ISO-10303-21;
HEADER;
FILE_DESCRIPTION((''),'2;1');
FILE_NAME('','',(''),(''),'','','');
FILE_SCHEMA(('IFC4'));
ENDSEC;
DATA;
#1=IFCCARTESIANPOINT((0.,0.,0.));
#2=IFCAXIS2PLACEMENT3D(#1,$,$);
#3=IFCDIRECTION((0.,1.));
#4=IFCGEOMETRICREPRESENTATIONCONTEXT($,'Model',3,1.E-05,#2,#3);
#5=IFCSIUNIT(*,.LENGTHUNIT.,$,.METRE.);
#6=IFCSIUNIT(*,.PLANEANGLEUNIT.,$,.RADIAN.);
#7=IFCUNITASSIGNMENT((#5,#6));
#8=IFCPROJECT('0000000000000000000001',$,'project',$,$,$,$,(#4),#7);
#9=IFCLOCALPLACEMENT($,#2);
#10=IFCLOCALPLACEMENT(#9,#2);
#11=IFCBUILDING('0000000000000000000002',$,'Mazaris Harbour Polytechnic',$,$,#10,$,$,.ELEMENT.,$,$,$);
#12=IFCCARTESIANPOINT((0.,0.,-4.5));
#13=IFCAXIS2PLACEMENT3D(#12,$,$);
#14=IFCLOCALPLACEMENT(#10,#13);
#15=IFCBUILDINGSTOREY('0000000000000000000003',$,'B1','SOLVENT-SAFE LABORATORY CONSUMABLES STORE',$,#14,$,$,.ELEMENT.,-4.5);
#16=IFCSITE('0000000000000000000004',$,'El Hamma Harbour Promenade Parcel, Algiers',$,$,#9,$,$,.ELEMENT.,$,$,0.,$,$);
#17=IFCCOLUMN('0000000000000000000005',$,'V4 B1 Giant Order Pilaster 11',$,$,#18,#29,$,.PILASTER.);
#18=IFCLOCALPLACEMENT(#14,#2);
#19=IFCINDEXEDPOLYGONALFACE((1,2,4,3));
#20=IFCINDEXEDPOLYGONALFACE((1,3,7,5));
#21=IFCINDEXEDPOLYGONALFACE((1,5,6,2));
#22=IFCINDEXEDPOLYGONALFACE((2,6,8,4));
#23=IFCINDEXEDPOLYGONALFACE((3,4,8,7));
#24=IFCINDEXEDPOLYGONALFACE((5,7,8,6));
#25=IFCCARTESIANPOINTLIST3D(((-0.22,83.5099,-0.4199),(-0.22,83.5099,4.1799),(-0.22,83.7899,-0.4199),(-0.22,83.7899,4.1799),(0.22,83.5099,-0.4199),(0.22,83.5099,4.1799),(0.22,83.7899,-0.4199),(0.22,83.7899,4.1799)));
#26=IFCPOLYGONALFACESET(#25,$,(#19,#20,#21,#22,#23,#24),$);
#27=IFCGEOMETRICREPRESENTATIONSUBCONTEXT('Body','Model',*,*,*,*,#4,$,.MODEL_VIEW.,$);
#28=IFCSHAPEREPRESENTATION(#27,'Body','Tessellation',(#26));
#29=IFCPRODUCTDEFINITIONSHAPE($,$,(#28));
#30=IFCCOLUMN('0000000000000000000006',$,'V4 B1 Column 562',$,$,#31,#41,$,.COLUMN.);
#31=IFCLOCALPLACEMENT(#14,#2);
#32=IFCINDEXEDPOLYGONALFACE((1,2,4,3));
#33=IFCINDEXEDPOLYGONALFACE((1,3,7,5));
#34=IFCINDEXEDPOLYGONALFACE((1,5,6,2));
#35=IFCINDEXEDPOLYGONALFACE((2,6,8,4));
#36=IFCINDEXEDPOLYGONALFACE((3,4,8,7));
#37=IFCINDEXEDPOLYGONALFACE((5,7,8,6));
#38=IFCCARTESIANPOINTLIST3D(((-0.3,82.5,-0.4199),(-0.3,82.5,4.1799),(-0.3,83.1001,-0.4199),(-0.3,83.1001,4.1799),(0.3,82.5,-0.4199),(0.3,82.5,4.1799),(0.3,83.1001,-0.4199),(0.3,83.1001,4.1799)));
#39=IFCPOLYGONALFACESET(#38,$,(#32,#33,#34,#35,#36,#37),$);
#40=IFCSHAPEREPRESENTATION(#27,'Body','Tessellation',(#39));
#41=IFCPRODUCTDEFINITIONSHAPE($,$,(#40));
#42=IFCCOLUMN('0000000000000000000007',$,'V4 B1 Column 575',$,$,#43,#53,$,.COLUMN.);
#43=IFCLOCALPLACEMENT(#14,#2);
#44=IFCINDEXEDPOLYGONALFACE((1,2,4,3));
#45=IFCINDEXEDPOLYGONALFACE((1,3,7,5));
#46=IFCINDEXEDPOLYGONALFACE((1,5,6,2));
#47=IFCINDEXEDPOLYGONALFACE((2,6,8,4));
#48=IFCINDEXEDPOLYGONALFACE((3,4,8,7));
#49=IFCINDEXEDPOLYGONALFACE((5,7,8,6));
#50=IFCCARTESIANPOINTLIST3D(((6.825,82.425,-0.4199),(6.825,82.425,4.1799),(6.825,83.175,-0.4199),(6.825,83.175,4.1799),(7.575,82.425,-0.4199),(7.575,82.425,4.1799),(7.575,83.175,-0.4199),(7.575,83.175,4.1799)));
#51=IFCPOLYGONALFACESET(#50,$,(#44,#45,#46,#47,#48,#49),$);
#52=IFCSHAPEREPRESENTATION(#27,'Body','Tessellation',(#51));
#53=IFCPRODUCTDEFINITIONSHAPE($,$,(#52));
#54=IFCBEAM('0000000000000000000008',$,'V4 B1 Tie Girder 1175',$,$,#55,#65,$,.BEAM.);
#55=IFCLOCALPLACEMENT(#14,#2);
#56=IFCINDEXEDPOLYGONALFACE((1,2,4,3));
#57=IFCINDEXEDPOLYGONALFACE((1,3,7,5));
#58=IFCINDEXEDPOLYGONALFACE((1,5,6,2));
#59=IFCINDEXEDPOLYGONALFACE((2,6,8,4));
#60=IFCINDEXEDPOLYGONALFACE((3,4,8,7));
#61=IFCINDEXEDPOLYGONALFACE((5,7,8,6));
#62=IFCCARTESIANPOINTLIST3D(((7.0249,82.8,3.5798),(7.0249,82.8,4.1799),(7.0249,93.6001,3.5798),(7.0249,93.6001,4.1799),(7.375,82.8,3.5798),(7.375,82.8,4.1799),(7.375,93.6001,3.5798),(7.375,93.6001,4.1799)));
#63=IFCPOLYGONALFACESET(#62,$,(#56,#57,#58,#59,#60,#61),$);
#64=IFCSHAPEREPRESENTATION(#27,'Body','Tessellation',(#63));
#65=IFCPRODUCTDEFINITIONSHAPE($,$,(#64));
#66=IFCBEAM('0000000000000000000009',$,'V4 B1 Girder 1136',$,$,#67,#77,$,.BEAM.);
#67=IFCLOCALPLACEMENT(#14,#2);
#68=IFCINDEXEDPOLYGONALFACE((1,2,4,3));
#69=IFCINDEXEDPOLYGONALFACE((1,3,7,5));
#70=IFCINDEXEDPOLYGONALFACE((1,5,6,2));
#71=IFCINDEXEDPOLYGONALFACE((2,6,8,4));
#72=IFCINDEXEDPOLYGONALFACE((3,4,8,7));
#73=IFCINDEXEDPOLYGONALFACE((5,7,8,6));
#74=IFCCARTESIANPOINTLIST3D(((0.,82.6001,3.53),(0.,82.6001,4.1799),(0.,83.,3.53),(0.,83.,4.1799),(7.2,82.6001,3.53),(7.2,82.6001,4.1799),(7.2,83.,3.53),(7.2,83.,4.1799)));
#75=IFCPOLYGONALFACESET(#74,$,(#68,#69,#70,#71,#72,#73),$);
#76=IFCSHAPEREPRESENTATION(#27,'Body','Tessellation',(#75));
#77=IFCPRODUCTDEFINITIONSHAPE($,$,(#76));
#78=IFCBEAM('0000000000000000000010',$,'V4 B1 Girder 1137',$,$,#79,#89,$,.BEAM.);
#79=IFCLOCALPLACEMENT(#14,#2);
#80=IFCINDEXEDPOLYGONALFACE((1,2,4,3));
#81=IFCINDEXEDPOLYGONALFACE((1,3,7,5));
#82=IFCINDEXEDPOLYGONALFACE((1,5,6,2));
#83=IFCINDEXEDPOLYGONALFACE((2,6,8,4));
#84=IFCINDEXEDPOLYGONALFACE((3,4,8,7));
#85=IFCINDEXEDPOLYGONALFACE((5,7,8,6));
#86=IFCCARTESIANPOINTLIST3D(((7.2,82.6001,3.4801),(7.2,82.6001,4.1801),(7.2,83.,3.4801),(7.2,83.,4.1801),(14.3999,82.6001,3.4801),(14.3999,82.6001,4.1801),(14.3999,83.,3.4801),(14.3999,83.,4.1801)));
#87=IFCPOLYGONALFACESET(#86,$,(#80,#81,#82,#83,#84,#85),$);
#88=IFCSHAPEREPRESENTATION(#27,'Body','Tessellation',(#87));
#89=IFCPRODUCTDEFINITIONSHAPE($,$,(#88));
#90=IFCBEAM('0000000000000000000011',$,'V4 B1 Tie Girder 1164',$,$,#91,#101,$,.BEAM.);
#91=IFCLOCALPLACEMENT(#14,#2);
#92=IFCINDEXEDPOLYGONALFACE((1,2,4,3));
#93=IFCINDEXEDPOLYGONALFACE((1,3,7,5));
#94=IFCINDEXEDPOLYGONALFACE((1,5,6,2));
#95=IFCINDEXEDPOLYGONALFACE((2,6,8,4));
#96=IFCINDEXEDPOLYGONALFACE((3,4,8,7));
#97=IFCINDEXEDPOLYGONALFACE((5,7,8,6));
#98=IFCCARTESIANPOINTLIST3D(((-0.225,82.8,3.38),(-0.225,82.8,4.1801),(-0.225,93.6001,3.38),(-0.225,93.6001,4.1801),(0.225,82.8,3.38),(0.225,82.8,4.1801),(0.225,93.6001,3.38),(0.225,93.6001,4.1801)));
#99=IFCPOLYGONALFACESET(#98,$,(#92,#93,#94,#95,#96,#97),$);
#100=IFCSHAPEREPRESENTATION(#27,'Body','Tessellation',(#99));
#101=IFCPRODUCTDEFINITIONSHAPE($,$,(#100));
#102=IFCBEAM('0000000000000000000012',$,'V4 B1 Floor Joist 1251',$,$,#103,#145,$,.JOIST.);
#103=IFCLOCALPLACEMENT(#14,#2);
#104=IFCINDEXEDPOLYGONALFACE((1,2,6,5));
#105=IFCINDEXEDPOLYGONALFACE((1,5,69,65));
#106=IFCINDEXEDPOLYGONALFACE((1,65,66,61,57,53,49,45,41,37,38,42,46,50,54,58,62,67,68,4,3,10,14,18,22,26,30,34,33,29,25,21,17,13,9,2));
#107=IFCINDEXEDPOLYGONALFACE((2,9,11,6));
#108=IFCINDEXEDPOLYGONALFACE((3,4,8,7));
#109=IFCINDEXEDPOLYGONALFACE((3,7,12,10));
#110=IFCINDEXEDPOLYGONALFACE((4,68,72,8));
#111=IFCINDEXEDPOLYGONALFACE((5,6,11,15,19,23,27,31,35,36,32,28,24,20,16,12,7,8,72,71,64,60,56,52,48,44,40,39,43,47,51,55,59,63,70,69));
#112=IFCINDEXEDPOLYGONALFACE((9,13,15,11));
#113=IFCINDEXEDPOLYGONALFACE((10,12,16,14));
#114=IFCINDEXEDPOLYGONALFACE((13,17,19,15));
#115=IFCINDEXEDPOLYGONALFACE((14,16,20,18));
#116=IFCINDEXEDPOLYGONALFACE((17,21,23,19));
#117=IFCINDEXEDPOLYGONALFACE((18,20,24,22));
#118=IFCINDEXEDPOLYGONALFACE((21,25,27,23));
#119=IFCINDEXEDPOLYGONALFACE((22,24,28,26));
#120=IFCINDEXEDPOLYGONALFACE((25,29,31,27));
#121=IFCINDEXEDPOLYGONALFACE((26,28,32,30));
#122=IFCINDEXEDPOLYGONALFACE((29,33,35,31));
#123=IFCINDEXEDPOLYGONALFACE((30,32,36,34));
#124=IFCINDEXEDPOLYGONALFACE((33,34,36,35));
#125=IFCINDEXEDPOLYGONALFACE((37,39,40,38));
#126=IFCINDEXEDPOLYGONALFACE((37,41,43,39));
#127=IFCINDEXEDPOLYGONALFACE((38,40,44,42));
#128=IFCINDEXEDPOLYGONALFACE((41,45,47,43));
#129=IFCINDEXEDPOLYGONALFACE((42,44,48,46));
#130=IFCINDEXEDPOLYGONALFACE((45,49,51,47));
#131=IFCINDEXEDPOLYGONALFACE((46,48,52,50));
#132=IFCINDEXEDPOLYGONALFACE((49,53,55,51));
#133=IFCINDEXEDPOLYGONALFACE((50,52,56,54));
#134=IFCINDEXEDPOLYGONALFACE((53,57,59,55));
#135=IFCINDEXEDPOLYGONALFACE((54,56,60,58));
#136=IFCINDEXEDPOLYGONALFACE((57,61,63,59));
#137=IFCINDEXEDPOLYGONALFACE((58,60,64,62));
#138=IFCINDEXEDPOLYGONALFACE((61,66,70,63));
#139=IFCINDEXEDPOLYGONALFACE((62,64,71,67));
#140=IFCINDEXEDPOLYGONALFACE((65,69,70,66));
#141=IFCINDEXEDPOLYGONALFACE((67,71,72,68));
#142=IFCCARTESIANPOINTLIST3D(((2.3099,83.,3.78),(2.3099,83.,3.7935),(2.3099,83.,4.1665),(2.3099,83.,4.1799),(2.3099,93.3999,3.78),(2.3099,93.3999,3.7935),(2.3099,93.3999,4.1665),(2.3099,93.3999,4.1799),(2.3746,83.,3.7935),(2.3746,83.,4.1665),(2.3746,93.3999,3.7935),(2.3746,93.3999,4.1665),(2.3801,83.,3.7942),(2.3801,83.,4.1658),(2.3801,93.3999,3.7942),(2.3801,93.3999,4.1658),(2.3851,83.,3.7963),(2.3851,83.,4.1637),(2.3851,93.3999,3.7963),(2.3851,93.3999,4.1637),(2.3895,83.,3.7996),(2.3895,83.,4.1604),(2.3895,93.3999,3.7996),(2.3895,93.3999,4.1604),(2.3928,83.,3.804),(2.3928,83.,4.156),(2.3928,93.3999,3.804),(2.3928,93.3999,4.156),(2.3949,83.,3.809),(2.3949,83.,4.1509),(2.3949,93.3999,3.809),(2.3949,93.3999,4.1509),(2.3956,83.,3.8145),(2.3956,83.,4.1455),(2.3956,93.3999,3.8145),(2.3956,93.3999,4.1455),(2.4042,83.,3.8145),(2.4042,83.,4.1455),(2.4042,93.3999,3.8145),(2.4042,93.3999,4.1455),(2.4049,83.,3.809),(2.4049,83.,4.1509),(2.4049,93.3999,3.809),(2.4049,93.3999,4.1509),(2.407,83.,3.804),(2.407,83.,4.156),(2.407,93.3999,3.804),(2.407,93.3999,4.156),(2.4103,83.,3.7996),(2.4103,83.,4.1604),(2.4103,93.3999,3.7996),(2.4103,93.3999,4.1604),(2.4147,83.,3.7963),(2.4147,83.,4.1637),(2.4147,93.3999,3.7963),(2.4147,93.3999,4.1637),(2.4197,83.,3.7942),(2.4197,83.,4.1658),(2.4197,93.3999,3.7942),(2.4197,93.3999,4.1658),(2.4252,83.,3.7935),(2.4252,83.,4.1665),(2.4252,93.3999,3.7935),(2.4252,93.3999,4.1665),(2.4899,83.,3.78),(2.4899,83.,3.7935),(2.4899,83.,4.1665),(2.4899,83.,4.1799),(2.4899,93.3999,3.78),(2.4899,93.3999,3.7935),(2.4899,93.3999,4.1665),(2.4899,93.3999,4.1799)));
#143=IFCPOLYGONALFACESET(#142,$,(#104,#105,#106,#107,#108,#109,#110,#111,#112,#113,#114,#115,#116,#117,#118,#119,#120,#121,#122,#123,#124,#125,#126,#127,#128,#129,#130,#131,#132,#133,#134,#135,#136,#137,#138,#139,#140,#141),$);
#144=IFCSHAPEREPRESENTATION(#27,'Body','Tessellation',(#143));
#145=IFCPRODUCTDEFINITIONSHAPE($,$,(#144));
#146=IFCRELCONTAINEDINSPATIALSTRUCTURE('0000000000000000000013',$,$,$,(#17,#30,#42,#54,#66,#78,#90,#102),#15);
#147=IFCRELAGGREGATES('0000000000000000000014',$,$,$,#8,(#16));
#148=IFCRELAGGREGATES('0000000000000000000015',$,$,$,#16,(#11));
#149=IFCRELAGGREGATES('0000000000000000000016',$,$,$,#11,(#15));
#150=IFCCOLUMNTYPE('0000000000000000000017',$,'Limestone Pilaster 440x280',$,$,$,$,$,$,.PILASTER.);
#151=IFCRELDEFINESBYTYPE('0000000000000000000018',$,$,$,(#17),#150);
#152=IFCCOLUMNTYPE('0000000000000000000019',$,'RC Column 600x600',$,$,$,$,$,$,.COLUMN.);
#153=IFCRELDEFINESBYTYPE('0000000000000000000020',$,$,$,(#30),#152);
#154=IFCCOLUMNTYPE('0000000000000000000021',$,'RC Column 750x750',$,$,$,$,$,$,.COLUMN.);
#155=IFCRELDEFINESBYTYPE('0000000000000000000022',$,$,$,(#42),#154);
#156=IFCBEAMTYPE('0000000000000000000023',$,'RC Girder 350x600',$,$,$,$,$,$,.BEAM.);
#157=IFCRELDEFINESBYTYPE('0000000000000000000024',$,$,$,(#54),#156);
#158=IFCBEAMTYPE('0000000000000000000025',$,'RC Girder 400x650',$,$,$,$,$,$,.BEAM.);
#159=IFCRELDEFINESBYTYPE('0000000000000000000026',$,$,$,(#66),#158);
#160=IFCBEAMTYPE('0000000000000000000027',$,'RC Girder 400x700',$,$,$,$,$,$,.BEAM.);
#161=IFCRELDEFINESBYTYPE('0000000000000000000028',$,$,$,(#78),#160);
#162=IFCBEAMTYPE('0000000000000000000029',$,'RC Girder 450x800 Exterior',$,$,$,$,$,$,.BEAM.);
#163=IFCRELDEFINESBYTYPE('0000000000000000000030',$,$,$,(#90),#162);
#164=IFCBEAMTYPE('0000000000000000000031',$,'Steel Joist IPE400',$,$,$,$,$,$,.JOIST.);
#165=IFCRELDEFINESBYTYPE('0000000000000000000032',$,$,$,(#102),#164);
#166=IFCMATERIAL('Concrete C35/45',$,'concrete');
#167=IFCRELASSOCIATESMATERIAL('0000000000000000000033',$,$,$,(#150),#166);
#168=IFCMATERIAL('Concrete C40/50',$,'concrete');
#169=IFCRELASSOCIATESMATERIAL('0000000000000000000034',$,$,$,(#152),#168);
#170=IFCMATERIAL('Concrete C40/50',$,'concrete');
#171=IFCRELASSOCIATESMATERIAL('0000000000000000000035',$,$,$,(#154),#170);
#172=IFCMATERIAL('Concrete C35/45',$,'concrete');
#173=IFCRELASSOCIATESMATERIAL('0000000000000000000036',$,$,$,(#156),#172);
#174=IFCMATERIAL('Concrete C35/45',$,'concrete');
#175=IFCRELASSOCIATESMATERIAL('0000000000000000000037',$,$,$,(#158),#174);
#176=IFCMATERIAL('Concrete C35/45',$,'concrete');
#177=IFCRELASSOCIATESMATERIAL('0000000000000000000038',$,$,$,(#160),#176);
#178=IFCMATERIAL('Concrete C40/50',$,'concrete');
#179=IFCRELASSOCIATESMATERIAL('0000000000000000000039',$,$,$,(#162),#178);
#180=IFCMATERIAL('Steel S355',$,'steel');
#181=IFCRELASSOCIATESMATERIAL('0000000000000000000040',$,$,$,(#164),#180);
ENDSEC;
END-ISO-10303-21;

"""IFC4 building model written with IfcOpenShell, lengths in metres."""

from ifc_helpers import new_model, si_unit, direction, frame, origin, origin_2d, place, context, subcontext, project, spatial, rectangle, i_section, extrude, material, material_profile, profile_set, type_object, element, save


model = new_model("IFC4")

# Units and contexts
model_context = context("Model", 3, precision=1e-05, world=origin(), true_north=direction((0.0, 1.0)))
body_context = subcontext(model_context, "Body", "Model", "MODEL_VIEW")
ifc_project = project(units=[si_unit("LENGTHUNIT", "METRE"), si_unit("PLANEANGLEUNIT", "RADIAN")], contexts=[model_context])

# Site, building, storey
site_placement = place(None, origin())
site = spatial("IfcSite", under=ifc_project, at=site_placement, Name="El Hamma Harbour Promenade Parcel, Algiers", CompositionType="ELEMENT", RefElevation=0.0)
building_placement = place(site_placement, origin())
building = spatial("IfcBuilding", under=site, at=building_placement, Name="Mazaris Harbour Polytechnic", CompositionType="ELEMENT")
storey_placement = place(building_placement, frame((0.0, 0.0, -4.5)))
storey = spatial("IfcBuildingStorey", under=building, at=storey_placement, Name="B1", Description="SOLVENT-SAFE LABORATORY CONSUMABLES STORE", CompositionType="ELEMENT", Elevation=-4.5)

# Columns
ifc_material_1 = material(Name="Concrete C35/45", Category="concrete")
ifc_material_profile_1 = material_profile(ifc_material_1, rectangle(XDim=0.4399, YDim=0.28, at=origin_2d()), Name="RECT440x280")
ifc_profile_set_1 = profile_set([ifc_material_profile_1], Name="Concrete C35/45")
column_type_1 = type_object("IfcColumnType", Name="Limestone Pilaster 440x280", PredefinedType="PILASTER", material=ifc_profile_set_1)
column_1_placement = place(storey_placement, frame((0.0, 83.6499, -0.4199), z_axis=(0.0, 0.0, 1.0), x_axis=(1.0, 0.0, 0.0)))
element("IfcColumn", 1, at=column_1_placement, inside=storey, type_object=column_type_1, Name="V4 B1 Giant Order Pilaster 11", PredefinedType="PILASTER", context=body_context, shape_type="SweptSolid", body=[
    extrude(rectangle(XDim=0.4399, YDim=0.28, at=origin_2d()), origin(), (0.0, 0.0, 1.0), 4.5999),
])
ifc_material_2 = material(Name="Concrete C40/50", Category="concrete")
ifc_material_profile_2 = material_profile(ifc_material_2, rectangle(XDim=0.6001, YDim=0.6001, at=origin_2d()), Name="RECT600x600")
ifc_profile_set_2 = profile_set([ifc_material_profile_2], Name="Concrete C40/50")
column_type_2 = type_object("IfcColumnType", Name="RC Column 600x600", PredefinedType="COLUMN", material=ifc_profile_set_2)
column_2_placement = place(storey_placement, frame((0.0, 82.8, -0.4199), z_axis=(0.0, 0.0, 1.0), x_axis=(1.0, 0.0, 0.0)))
element("IfcColumn", 2, at=column_2_placement, inside=storey, type_object=column_type_2, Name="V4 B1 Column 562", PredefinedType="COLUMN", context=body_context, shape_type="SweptSolid", body=[
    extrude(rectangle(XDim=0.6001, YDim=0.6001, at=origin_2d()), origin(), (0.0, 0.0, 1.0), 4.5999),
])
ifc_material_3 = material(Name="Concrete C40/50", Category="concrete")
ifc_material_profile_3 = material_profile(ifc_material_3, rectangle(XDim=0.75, YDim=0.75, at=origin_2d()), Name="RECT750x750")
ifc_profile_set_3 = profile_set([ifc_material_profile_3], Name="Concrete C40/50")
column_type_3 = type_object("IfcColumnType", Name="RC Column 750x750", PredefinedType="COLUMN", material=ifc_profile_set_3)
column_3_placement = place(storey_placement, frame((7.2, 82.8, -0.4199), z_axis=(0.0, 0.0, 1.0), x_axis=(1.0, 0.0, 0.0)))
element("IfcColumn", 3, at=column_3_placement, inside=storey, type_object=column_type_3, Name="V4 B1 Column 575", PredefinedType="COLUMN", context=body_context, shape_type="SweptSolid", body=[
    extrude(rectangle(XDim=0.75, YDim=0.75, at=origin_2d()), origin(), (0.0, 0.0, 1.0), 4.5999),
])

# Beams
ifc_material_4 = material(Name="Concrete C35/45", Category="concrete")
ifc_material_profile_4 = material_profile(ifc_material_4, rectangle(XDim=0.3501, YDim=0.6001, at=origin_2d()), Name="RECT350x600")
ifc_profile_set_4 = profile_set([ifc_material_profile_4], Name="Concrete C35/45")
beam_type_1 = type_object("IfcBeamType", Name="RC Girder 350x600", PredefinedType="BEAM", material=ifc_profile_set_4)
beam_1_placement = place(storey_placement, frame((7.2, 82.8, 3.8799), z_axis=(0.0, 1.0, 0.0), x_axis=(-1.0, 0.0, 0.0)))
element("IfcBeam", 4, at=beam_1_placement, inside=storey, type_object=beam_type_1, Name="V4 B1 Tie Girder 1175", PredefinedType="BEAM", context=body_context, shape_type="SweptSolid", body=[
    extrude(rectangle(XDim=0.3501, YDim=0.6001, at=origin_2d()), origin(), (0.0, 0.0, 1.0), 10.8),
])
ifc_material_5 = material(Name="Concrete C35/45", Category="concrete")
ifc_material_profile_5 = material_profile(ifc_material_5, rectangle(XDim=0.3999, YDim=0.6499, at=origin_2d()), Name="RECT400x650")
ifc_profile_set_5 = profile_set([ifc_material_profile_5], Name="Concrete C35/45")
beam_type_2 = type_object("IfcBeamType", Name="RC Girder 400x650", PredefinedType="BEAM", material=ifc_profile_set_5)
beam_2_placement = place(storey_placement, frame((0.0, 82.8, 3.855), z_axis=(1.0, 0.0, 0.0), x_axis=(0.0, 1.0, 0.0)))
element("IfcBeam", 5, at=beam_2_placement, inside=storey, type_object=beam_type_2, Name="V4 B1 Girder 1136", PredefinedType="BEAM", context=body_context, shape_type="SweptSolid", body=[
    extrude(rectangle(XDim=0.3999, YDim=0.6499, at=origin_2d()), origin(), (0.0, 0.0, 1.0), 7.2),
])
ifc_material_6 = material(Name="Concrete C35/45", Category="concrete")
ifc_material_profile_6 = material_profile(ifc_material_6, rectangle(XDim=0.3999, YDim=0.7, at=origin_2d()), Name="RECT400x700")
ifc_profile_set_6 = profile_set([ifc_material_profile_6], Name="Concrete C35/45")
beam_type_3 = type_object("IfcBeamType", Name="RC Girder 400x700", PredefinedType="BEAM", material=ifc_profile_set_6)
beam_3_placement = place(storey_placement, frame((7.2, 82.8, 3.8301), z_axis=(1.0, 0.0, 0.0), x_axis=(0.0, 1.0, 0.0)))
element("IfcBeam", 6, at=beam_3_placement, inside=storey, type_object=beam_type_3, Name="V4 B1 Girder 1137", PredefinedType="BEAM", context=body_context, shape_type="SweptSolid", body=[
    extrude(rectangle(XDim=0.3999, YDim=0.7, at=origin_2d()), origin(), (0.0, 0.0, 1.0), 7.2),
])
ifc_material_7 = material(Name="Concrete C40/50", Category="concrete")
ifc_material_profile_7 = material_profile(ifc_material_7, rectangle(XDim=0.45, YDim=0.8, at=origin_2d()), Name="RECT450x800")
ifc_profile_set_7 = profile_set([ifc_material_profile_7], Name="Concrete C40/50")
beam_type_4 = type_object("IfcBeamType", Name="RC Girder 450x800 Exterior", PredefinedType="BEAM", material=ifc_profile_set_7)
beam_4_placement = place(storey_placement, frame((0.0, 82.8, 3.78), z_axis=(0.0, 1.0, 0.0), x_axis=(-1.0, 0.0, 0.0)))
element("IfcBeam", 7, at=beam_4_placement, inside=storey, type_object=beam_type_4, Name="V4 B1 Tie Girder 1164", PredefinedType="BEAM", context=body_context, shape_type="SweptSolid", body=[
    extrude(rectangle(XDim=0.45, YDim=0.8, at=origin_2d()), origin(), (0.0, 0.0, 1.0), 10.8),
])
ifc_material_8 = material(Name="Steel S355", Category="steel")
ifc_material_profile_8 = material_profile(ifc_material_8, i_section(OverallWidth=0.1799, OverallDepth=0.3999, WebThickness=0.0085, FlangeThickness=0.0134, FilletRadius=0.021, at=origin_2d()), Name="IPE 400")
ifc_profile_set_8 = profile_set([ifc_material_profile_8], Name="Steel S355")
beam_type_5 = type_object("IfcBeamType", Name="Steel Joist IPE400", PredefinedType="JOIST", material=ifc_profile_set_8)
beam_5_placement = place(storey_placement, frame((2.3999, 83.0, 3.98), z_axis=(0.0, 1.0, 0.0), x_axis=(-1.0, 0.0, 0.0)))
element("IfcBeam", 8, at=beam_5_placement, inside=storey, type_object=beam_type_5, Name="V4 B1 Floor Joist 1251", PredefinedType="JOIST", context=body_context, shape_type="SweptSolid", body=[
    extrude(i_section(OverallWidth=0.1799, OverallDepth=0.3999, WebThickness=0.0085, FlangeThickness=0.0134, FilletRadius=0.021, at=origin_2d()), origin(), (0.0, 0.0, 1.0), 10.3999),
])

save(model, "model.ifc")
